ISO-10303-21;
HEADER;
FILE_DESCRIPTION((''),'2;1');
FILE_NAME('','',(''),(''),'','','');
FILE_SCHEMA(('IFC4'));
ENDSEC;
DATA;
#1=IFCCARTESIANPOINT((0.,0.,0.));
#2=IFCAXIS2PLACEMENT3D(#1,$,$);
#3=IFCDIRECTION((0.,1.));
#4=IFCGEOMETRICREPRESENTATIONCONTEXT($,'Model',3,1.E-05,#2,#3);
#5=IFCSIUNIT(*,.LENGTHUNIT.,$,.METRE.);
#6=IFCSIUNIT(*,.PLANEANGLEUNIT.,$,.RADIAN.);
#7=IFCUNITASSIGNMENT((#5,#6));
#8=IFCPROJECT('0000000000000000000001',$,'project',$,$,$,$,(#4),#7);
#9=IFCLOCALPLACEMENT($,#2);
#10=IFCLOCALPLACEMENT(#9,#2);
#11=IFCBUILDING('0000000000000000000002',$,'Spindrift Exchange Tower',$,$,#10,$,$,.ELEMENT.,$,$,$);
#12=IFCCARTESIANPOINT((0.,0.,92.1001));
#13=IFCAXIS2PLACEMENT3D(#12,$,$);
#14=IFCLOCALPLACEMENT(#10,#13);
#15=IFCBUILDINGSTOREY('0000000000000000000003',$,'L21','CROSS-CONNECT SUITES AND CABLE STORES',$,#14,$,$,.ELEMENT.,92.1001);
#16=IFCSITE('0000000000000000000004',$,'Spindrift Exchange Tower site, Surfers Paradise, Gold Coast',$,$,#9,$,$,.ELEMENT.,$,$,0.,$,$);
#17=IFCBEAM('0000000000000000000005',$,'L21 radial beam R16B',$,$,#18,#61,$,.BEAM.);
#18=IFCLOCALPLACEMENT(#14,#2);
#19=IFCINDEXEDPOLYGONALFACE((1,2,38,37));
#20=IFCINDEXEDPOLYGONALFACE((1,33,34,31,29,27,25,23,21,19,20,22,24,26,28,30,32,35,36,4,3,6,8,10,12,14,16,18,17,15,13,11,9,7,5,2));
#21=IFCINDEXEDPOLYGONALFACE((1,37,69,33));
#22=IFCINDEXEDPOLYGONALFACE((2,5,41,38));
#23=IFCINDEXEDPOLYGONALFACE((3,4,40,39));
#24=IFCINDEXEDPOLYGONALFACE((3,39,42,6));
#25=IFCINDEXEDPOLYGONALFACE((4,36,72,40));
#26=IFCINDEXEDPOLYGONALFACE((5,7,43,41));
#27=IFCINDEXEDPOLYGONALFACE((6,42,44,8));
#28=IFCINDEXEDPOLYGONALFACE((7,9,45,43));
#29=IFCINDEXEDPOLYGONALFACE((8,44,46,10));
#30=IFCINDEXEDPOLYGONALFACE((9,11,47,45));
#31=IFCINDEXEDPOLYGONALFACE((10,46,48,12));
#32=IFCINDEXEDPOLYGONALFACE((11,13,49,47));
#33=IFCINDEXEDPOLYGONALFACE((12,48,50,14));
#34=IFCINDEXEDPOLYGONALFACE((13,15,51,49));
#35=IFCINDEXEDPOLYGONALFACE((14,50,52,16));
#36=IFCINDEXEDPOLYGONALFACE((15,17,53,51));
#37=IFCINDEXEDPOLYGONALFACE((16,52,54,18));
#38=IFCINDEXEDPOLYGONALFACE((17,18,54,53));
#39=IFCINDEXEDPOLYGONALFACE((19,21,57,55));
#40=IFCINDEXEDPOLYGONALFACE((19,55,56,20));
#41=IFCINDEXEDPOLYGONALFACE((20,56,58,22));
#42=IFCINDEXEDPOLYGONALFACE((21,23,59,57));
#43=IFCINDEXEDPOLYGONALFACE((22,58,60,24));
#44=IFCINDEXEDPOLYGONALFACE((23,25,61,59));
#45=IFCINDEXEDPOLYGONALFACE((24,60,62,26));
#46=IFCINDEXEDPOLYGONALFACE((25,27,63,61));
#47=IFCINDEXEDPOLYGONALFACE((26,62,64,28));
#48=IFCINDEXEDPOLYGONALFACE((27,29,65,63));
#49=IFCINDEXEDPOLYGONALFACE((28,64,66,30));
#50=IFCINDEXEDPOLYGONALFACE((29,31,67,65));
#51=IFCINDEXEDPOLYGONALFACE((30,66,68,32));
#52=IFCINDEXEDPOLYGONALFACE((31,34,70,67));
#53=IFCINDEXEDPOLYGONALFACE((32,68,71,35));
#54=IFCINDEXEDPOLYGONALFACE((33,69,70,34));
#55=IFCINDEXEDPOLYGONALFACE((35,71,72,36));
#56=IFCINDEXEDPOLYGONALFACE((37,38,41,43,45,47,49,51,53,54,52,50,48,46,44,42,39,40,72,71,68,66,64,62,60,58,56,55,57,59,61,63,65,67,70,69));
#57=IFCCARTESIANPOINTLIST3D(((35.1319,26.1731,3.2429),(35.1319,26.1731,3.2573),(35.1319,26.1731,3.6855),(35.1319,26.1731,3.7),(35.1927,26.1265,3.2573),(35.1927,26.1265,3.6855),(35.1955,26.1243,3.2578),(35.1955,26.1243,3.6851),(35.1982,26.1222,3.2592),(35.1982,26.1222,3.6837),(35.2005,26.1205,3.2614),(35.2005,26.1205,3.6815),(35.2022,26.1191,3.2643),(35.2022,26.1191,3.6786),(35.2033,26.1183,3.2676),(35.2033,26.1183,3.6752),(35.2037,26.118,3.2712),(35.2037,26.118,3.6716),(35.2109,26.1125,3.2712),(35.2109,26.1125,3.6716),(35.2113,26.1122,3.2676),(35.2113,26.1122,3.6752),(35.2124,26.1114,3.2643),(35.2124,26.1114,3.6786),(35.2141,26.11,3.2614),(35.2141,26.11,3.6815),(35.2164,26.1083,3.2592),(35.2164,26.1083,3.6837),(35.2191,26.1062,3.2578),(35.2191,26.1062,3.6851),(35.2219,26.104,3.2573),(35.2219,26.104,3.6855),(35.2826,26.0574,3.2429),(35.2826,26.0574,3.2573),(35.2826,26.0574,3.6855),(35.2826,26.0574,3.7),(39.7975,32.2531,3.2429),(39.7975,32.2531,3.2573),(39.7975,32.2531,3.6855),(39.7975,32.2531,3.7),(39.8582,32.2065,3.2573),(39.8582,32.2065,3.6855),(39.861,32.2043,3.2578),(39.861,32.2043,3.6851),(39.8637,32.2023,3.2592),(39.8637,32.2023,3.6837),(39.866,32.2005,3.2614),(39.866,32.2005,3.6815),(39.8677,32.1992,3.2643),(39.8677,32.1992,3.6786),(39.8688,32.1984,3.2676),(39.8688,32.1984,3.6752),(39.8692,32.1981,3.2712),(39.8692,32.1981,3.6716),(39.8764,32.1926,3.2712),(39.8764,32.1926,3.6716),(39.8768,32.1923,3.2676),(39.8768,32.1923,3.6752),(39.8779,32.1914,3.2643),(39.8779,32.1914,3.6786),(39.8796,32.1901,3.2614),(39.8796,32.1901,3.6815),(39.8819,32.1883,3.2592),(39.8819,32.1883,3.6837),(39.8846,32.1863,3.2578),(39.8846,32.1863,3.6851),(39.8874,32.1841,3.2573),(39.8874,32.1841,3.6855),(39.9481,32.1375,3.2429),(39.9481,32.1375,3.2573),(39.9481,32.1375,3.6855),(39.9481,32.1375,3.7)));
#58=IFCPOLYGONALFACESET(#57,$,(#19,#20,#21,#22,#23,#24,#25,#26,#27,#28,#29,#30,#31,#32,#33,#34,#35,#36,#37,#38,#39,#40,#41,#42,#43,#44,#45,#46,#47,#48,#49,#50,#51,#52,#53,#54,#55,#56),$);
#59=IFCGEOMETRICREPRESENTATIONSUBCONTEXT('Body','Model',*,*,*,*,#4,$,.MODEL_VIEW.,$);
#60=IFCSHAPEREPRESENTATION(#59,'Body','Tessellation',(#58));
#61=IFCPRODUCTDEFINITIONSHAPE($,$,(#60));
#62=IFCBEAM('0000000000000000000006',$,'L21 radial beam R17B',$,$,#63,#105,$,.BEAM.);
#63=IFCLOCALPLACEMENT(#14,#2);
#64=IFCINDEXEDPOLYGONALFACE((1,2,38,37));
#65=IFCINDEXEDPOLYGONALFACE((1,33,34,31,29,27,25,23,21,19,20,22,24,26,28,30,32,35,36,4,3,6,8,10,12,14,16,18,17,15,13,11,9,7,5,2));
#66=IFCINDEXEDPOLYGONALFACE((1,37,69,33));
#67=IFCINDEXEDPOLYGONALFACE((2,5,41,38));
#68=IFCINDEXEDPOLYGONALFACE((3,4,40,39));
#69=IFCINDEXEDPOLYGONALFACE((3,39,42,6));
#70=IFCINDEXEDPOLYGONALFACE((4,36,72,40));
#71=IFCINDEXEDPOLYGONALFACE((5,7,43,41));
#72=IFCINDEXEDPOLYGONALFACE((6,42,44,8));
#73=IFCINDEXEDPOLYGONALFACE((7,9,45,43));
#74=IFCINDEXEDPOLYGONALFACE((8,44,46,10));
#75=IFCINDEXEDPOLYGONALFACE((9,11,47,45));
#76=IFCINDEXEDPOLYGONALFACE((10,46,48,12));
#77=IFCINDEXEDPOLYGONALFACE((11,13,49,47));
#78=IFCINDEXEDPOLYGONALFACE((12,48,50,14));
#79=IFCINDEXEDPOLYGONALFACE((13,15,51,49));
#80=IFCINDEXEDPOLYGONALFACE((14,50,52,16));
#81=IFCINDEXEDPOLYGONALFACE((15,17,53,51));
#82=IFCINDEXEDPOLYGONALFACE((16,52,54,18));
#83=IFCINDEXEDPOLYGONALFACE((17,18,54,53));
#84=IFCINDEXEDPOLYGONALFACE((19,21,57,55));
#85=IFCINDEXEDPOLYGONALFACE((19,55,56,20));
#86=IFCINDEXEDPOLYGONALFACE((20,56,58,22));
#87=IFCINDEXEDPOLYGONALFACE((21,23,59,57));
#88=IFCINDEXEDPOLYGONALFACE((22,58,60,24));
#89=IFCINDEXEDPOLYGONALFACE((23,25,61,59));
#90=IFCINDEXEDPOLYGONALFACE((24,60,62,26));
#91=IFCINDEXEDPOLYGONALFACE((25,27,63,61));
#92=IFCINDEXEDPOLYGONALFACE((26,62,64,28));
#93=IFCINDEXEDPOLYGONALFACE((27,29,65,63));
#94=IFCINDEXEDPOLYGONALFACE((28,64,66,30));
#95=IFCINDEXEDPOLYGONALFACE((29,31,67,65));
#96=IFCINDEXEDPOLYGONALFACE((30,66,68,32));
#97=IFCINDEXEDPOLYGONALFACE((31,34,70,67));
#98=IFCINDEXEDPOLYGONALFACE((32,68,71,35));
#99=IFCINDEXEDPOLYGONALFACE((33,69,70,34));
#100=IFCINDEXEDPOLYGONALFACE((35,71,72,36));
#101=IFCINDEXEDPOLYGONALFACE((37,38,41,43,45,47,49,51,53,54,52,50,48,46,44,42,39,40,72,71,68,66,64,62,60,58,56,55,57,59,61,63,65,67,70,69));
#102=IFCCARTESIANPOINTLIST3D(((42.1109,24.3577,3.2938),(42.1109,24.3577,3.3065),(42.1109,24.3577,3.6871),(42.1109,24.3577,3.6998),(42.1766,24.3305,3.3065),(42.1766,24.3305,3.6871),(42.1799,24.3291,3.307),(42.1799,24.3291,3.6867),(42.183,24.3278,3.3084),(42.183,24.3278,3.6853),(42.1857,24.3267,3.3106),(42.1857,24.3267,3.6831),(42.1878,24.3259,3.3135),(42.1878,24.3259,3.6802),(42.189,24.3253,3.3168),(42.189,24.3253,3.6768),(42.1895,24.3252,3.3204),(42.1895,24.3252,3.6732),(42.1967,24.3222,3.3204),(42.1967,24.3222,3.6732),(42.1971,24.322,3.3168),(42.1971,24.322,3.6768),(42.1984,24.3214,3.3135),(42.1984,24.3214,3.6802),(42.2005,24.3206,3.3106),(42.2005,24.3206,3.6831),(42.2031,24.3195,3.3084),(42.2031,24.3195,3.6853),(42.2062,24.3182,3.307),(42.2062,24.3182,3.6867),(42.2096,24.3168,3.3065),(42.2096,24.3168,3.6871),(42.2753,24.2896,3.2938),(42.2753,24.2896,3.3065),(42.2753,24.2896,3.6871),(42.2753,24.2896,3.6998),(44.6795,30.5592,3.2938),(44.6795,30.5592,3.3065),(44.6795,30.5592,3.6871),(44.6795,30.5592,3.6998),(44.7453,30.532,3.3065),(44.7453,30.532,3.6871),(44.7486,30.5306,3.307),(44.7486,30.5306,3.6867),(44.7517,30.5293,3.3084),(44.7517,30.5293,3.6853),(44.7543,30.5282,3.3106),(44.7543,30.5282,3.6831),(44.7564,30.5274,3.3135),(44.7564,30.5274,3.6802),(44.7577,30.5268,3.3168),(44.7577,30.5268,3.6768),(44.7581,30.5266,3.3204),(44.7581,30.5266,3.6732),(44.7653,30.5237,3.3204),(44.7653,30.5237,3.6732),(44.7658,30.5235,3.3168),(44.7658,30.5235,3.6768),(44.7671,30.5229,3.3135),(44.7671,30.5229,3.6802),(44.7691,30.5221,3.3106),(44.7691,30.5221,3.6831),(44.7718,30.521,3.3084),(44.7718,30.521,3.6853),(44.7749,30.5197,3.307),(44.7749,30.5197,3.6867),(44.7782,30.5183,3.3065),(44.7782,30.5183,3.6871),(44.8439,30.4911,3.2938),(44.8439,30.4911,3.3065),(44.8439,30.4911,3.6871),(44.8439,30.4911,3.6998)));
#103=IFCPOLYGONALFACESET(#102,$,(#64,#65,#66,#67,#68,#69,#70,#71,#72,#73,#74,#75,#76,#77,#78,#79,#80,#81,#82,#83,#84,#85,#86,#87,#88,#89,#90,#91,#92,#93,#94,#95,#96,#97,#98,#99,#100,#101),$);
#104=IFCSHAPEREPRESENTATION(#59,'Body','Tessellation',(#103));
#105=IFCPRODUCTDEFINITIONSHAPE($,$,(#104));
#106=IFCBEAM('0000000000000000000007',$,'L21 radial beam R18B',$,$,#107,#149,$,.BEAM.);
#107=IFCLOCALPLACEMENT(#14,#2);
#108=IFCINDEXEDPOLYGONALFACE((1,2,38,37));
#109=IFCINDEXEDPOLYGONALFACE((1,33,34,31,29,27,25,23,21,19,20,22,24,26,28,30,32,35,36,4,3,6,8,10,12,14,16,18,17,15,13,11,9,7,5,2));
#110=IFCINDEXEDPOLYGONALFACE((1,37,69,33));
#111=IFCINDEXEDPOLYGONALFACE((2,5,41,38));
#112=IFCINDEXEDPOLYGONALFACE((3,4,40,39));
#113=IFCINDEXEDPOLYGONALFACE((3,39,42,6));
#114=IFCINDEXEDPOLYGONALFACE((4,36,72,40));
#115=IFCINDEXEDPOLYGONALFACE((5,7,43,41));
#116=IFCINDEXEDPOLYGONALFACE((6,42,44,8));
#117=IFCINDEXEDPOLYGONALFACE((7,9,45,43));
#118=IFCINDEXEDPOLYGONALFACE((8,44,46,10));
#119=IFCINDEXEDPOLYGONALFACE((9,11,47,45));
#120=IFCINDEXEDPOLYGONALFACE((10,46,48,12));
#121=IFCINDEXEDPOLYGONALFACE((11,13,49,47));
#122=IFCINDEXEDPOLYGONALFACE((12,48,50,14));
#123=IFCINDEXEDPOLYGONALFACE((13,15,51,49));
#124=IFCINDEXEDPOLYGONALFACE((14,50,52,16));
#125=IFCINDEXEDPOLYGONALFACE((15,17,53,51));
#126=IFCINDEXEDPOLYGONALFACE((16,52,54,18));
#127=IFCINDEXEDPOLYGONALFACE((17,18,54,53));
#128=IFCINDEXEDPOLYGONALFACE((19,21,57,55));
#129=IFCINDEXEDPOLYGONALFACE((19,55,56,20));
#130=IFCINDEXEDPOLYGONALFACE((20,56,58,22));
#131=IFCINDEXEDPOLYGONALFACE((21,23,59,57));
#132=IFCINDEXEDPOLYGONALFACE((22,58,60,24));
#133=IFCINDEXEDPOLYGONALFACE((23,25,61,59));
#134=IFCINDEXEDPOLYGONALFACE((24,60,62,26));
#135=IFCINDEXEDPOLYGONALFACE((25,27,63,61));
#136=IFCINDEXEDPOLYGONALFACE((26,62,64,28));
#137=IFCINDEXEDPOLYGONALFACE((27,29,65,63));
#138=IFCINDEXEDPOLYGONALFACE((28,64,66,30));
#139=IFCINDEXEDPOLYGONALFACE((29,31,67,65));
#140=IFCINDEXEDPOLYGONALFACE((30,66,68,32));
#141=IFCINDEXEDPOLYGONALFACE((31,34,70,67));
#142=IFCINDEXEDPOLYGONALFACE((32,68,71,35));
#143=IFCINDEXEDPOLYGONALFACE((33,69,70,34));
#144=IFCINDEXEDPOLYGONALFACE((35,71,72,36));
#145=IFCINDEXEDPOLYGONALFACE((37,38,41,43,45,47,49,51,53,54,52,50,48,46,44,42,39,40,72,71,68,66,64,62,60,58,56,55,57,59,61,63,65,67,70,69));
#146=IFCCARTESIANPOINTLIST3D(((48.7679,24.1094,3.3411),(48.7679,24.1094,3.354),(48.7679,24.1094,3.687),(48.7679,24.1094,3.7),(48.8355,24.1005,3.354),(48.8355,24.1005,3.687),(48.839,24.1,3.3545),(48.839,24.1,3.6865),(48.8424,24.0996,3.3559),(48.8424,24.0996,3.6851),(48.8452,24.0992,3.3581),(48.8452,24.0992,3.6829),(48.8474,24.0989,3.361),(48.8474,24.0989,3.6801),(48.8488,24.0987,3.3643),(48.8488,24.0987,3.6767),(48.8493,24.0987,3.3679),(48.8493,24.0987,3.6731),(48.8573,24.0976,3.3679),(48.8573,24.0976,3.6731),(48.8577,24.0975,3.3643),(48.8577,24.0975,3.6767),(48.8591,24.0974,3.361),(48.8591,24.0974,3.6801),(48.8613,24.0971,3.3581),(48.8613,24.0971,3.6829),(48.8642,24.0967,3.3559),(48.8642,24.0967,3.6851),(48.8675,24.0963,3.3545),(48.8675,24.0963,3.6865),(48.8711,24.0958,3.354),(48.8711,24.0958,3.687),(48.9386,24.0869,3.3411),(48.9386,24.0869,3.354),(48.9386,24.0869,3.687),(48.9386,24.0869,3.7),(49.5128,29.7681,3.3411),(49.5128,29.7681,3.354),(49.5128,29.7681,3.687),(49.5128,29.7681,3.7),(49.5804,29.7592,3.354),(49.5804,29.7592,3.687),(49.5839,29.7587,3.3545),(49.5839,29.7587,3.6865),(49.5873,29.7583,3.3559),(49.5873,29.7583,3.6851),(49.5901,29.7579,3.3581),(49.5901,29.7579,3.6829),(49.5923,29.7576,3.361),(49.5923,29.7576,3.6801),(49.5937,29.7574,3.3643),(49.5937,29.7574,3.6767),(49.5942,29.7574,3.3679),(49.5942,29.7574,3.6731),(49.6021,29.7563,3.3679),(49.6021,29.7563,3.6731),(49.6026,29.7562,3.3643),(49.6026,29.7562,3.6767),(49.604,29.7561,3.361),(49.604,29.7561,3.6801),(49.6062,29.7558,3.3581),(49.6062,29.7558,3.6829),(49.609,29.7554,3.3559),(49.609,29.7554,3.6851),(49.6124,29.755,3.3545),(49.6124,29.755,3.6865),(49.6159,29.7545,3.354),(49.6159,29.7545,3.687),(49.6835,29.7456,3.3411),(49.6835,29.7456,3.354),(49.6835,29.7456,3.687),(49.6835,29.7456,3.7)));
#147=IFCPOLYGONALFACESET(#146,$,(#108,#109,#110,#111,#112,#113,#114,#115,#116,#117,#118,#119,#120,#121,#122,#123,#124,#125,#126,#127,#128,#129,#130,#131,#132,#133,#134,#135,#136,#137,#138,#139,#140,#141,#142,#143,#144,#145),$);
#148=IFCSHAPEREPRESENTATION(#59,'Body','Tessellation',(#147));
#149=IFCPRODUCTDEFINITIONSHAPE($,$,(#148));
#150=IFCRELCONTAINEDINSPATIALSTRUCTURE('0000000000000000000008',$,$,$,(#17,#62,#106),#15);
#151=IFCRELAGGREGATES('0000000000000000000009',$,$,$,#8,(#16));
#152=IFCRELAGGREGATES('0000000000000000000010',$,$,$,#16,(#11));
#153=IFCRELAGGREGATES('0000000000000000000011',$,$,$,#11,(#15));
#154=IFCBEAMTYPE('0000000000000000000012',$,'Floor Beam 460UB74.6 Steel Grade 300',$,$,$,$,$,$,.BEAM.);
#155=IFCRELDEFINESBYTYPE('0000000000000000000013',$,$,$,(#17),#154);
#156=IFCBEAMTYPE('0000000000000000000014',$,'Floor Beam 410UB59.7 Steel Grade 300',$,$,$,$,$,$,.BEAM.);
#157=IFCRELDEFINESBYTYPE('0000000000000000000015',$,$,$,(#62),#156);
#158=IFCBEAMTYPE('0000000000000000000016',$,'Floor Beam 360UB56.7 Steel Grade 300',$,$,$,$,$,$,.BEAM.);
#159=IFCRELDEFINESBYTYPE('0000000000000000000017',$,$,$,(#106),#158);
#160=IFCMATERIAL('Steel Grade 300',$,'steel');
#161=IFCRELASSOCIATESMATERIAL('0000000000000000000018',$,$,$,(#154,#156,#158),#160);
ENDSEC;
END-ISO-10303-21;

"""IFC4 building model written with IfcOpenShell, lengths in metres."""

from ifc_helpers import new_model, si_unit, direction, frame, origin, origin_2d, place, context, subcontext, project, spatial, i_section, extrude, source, transform, mapped, material, material_profile, profile_set, type_object, element, save


model = new_model("IFC4")

# Units and contexts
model_context = context("Model", 3, precision=1e-05, world=origin(), true_north=direction((0.0, 1.0)))
body_context = subcontext(model_context, "Body", "Model", "MODEL_VIEW")
ifc_project = project(units=[si_unit("LENGTHUNIT", "METRE"), si_unit("PLANEANGLEUNIT", "RADIAN")], contexts=[model_context])

# Site, building, storey
site_placement = place(None, origin())
site = spatial("IfcSite", under=ifc_project, at=site_placement, Name="Spindrift Exchange Tower site, Surfers Paradise, Gold Coast", CompositionType="ELEMENT", RefElevation=0.0)
building_placement = place(site_placement, origin())
building = spatial("IfcBuilding", under=site, at=building_placement, Name="Spindrift Exchange Tower", CompositionType="ELEMENT")
storey_placement = place(building_placement, frame((0.0, 0.0, 92.1001)))
storey = spatial("IfcBuildingStorey", under=building, at=storey_placement, Name="L21", Description="CROSS-CONNECT SUITES AND CABLE STORES", CompositionType="ELEMENT", Elevation=92.1001)

# Beams
ifc_material_1 = material(Name="Steel Grade 300", Category="steel")
ifc_material_profile_1 = material_profile(ifc_material_1, i_section(OverallWidth=0.1899, OverallDepth=0.457, WebThickness=0.009, FlangeThickness=0.0144, FilletRadius=0.0139, at=origin_2d()), Name="460UB74.6")
ifc_profile_set_1 = profile_set([ifc_material_profile_1], Name="Steel Grade 300")
beam_type_1 = type_object("IfcBeamType", Name="Floor Beam 460UB74.6 Steel Grade 300", PredefinedType="BEAM", material=ifc_profile_set_1)
shared_shape_1 = source(origin(), body_context, "Body", "SweptSolid", [
    extrude(i_section(OverallWidth=0.1899, OverallDepth=0.457, WebThickness=0.009, FlangeThickness=0.0144, FilletRadius=0.0139, at=origin_2d()), origin(), (0.0, 0.0, 1.0), 7.6638),
])
beam_1_placement = place(storey_placement, frame((39.8728, 32.1953, 3.4714), z_axis=(-0.608771, -0.793346, 0.0), x_axis=(0.793346, -0.608771, 0.0)))
element("IfcBeam", 1, at=beam_1_placement, inside=storey, type_object=beam_type_1, Name="L21 radial beam R16B", PredefinedType="BEAM", context=body_context, shape_type="MappedRepresentation", body=[
    mapped(shared_shape_1, transform((0.0, 0.0, 0.0), scale=1.0)),
])
ifc_material_profile_2 = material_profile(ifc_material_1, i_section(OverallWidth=0.178, OverallDepth=0.406, WebThickness=0.0078, FlangeThickness=0.0127, FilletRadius=0.0139, at=origin_2d()), Name="410UB59.7")
ifc_profile_set_2 = profile_set([ifc_material_profile_2], Name="Steel Grade 300")
beam_type_2 = type_object("IfcBeamType", Name="Floor Beam 410UB59.7 Steel Grade 300", PredefinedType="BEAM", material=ifc_profile_set_2)
shared_shape_2 = source(origin(), body_context, "Body", "SweptSolid", [
    extrude(i_section(OverallWidth=0.178, OverallDepth=0.406, WebThickness=0.0078, FlangeThickness=0.0127, FilletRadius=0.0139, at=origin_2d()), origin(), (0.0, 0.0, 1.0), 6.7124),
])
beam_2_placement = place(storey_placement, frame((44.7617, 30.5251, 3.4968), z_axis=(-0.38267, -0.923885, 0.0), x_axis=(0.923885, -0.38267, 0.0)))
element("IfcBeam", 2, at=beam_2_placement, inside=storey, type_object=beam_type_2, Name="L21 radial beam R17B", PredefinedType="BEAM", context=body_context, shape_type="MappedRepresentation", body=[
    mapped(shared_shape_2, transform((0.0, 0.0, 0.0), scale=1.0)),
])
ifc_material_profile_3 = material_profile(ifc_material_1, i_section(OverallWidth=0.1721, OverallDepth=0.3589, WebThickness=0.0081, FlangeThickness=0.0129, FilletRadius=0.0139, at=origin_2d()), Name="360UB56.7")
ifc_profile_set_3 = profile_set([ifc_material_profile_3], Name="Steel Grade 300")
beam_type_3 = type_object("IfcBeamType", Name="Floor Beam 360UB56.7 Steel Grade 300", PredefinedType="BEAM", material=ifc_profile_set_3)
shared_shape_3 = source(origin(), body_context, "Body", "SweptSolid", [
    extrude(i_section(OverallWidth=0.1721, OverallDepth=0.3589, WebThickness=0.0081, FlangeThickness=0.0129, FilletRadius=0.0139, at=origin_2d()), origin(), (0.0, 0.0, 1.0), 5.7075),
])
beam_3_placement = place(storey_placement, frame((49.5981, 29.7568, 3.5205), z_axis=(-0.130508, -0.991447, 0.0), x_axis=(0.991447, -0.130508, 0.0)))
element("IfcBeam", 3, at=beam_3_placement, inside=storey, type_object=beam_type_3, Name="L21 radial beam R18B", PredefinedType="BEAM", context=body_context, shape_type="MappedRepresentation", body=[
    mapped(shared_shape_3, transform((0.0, 0.0, 0.0), scale=1.0)),
])

save(model, "model.ifc")
